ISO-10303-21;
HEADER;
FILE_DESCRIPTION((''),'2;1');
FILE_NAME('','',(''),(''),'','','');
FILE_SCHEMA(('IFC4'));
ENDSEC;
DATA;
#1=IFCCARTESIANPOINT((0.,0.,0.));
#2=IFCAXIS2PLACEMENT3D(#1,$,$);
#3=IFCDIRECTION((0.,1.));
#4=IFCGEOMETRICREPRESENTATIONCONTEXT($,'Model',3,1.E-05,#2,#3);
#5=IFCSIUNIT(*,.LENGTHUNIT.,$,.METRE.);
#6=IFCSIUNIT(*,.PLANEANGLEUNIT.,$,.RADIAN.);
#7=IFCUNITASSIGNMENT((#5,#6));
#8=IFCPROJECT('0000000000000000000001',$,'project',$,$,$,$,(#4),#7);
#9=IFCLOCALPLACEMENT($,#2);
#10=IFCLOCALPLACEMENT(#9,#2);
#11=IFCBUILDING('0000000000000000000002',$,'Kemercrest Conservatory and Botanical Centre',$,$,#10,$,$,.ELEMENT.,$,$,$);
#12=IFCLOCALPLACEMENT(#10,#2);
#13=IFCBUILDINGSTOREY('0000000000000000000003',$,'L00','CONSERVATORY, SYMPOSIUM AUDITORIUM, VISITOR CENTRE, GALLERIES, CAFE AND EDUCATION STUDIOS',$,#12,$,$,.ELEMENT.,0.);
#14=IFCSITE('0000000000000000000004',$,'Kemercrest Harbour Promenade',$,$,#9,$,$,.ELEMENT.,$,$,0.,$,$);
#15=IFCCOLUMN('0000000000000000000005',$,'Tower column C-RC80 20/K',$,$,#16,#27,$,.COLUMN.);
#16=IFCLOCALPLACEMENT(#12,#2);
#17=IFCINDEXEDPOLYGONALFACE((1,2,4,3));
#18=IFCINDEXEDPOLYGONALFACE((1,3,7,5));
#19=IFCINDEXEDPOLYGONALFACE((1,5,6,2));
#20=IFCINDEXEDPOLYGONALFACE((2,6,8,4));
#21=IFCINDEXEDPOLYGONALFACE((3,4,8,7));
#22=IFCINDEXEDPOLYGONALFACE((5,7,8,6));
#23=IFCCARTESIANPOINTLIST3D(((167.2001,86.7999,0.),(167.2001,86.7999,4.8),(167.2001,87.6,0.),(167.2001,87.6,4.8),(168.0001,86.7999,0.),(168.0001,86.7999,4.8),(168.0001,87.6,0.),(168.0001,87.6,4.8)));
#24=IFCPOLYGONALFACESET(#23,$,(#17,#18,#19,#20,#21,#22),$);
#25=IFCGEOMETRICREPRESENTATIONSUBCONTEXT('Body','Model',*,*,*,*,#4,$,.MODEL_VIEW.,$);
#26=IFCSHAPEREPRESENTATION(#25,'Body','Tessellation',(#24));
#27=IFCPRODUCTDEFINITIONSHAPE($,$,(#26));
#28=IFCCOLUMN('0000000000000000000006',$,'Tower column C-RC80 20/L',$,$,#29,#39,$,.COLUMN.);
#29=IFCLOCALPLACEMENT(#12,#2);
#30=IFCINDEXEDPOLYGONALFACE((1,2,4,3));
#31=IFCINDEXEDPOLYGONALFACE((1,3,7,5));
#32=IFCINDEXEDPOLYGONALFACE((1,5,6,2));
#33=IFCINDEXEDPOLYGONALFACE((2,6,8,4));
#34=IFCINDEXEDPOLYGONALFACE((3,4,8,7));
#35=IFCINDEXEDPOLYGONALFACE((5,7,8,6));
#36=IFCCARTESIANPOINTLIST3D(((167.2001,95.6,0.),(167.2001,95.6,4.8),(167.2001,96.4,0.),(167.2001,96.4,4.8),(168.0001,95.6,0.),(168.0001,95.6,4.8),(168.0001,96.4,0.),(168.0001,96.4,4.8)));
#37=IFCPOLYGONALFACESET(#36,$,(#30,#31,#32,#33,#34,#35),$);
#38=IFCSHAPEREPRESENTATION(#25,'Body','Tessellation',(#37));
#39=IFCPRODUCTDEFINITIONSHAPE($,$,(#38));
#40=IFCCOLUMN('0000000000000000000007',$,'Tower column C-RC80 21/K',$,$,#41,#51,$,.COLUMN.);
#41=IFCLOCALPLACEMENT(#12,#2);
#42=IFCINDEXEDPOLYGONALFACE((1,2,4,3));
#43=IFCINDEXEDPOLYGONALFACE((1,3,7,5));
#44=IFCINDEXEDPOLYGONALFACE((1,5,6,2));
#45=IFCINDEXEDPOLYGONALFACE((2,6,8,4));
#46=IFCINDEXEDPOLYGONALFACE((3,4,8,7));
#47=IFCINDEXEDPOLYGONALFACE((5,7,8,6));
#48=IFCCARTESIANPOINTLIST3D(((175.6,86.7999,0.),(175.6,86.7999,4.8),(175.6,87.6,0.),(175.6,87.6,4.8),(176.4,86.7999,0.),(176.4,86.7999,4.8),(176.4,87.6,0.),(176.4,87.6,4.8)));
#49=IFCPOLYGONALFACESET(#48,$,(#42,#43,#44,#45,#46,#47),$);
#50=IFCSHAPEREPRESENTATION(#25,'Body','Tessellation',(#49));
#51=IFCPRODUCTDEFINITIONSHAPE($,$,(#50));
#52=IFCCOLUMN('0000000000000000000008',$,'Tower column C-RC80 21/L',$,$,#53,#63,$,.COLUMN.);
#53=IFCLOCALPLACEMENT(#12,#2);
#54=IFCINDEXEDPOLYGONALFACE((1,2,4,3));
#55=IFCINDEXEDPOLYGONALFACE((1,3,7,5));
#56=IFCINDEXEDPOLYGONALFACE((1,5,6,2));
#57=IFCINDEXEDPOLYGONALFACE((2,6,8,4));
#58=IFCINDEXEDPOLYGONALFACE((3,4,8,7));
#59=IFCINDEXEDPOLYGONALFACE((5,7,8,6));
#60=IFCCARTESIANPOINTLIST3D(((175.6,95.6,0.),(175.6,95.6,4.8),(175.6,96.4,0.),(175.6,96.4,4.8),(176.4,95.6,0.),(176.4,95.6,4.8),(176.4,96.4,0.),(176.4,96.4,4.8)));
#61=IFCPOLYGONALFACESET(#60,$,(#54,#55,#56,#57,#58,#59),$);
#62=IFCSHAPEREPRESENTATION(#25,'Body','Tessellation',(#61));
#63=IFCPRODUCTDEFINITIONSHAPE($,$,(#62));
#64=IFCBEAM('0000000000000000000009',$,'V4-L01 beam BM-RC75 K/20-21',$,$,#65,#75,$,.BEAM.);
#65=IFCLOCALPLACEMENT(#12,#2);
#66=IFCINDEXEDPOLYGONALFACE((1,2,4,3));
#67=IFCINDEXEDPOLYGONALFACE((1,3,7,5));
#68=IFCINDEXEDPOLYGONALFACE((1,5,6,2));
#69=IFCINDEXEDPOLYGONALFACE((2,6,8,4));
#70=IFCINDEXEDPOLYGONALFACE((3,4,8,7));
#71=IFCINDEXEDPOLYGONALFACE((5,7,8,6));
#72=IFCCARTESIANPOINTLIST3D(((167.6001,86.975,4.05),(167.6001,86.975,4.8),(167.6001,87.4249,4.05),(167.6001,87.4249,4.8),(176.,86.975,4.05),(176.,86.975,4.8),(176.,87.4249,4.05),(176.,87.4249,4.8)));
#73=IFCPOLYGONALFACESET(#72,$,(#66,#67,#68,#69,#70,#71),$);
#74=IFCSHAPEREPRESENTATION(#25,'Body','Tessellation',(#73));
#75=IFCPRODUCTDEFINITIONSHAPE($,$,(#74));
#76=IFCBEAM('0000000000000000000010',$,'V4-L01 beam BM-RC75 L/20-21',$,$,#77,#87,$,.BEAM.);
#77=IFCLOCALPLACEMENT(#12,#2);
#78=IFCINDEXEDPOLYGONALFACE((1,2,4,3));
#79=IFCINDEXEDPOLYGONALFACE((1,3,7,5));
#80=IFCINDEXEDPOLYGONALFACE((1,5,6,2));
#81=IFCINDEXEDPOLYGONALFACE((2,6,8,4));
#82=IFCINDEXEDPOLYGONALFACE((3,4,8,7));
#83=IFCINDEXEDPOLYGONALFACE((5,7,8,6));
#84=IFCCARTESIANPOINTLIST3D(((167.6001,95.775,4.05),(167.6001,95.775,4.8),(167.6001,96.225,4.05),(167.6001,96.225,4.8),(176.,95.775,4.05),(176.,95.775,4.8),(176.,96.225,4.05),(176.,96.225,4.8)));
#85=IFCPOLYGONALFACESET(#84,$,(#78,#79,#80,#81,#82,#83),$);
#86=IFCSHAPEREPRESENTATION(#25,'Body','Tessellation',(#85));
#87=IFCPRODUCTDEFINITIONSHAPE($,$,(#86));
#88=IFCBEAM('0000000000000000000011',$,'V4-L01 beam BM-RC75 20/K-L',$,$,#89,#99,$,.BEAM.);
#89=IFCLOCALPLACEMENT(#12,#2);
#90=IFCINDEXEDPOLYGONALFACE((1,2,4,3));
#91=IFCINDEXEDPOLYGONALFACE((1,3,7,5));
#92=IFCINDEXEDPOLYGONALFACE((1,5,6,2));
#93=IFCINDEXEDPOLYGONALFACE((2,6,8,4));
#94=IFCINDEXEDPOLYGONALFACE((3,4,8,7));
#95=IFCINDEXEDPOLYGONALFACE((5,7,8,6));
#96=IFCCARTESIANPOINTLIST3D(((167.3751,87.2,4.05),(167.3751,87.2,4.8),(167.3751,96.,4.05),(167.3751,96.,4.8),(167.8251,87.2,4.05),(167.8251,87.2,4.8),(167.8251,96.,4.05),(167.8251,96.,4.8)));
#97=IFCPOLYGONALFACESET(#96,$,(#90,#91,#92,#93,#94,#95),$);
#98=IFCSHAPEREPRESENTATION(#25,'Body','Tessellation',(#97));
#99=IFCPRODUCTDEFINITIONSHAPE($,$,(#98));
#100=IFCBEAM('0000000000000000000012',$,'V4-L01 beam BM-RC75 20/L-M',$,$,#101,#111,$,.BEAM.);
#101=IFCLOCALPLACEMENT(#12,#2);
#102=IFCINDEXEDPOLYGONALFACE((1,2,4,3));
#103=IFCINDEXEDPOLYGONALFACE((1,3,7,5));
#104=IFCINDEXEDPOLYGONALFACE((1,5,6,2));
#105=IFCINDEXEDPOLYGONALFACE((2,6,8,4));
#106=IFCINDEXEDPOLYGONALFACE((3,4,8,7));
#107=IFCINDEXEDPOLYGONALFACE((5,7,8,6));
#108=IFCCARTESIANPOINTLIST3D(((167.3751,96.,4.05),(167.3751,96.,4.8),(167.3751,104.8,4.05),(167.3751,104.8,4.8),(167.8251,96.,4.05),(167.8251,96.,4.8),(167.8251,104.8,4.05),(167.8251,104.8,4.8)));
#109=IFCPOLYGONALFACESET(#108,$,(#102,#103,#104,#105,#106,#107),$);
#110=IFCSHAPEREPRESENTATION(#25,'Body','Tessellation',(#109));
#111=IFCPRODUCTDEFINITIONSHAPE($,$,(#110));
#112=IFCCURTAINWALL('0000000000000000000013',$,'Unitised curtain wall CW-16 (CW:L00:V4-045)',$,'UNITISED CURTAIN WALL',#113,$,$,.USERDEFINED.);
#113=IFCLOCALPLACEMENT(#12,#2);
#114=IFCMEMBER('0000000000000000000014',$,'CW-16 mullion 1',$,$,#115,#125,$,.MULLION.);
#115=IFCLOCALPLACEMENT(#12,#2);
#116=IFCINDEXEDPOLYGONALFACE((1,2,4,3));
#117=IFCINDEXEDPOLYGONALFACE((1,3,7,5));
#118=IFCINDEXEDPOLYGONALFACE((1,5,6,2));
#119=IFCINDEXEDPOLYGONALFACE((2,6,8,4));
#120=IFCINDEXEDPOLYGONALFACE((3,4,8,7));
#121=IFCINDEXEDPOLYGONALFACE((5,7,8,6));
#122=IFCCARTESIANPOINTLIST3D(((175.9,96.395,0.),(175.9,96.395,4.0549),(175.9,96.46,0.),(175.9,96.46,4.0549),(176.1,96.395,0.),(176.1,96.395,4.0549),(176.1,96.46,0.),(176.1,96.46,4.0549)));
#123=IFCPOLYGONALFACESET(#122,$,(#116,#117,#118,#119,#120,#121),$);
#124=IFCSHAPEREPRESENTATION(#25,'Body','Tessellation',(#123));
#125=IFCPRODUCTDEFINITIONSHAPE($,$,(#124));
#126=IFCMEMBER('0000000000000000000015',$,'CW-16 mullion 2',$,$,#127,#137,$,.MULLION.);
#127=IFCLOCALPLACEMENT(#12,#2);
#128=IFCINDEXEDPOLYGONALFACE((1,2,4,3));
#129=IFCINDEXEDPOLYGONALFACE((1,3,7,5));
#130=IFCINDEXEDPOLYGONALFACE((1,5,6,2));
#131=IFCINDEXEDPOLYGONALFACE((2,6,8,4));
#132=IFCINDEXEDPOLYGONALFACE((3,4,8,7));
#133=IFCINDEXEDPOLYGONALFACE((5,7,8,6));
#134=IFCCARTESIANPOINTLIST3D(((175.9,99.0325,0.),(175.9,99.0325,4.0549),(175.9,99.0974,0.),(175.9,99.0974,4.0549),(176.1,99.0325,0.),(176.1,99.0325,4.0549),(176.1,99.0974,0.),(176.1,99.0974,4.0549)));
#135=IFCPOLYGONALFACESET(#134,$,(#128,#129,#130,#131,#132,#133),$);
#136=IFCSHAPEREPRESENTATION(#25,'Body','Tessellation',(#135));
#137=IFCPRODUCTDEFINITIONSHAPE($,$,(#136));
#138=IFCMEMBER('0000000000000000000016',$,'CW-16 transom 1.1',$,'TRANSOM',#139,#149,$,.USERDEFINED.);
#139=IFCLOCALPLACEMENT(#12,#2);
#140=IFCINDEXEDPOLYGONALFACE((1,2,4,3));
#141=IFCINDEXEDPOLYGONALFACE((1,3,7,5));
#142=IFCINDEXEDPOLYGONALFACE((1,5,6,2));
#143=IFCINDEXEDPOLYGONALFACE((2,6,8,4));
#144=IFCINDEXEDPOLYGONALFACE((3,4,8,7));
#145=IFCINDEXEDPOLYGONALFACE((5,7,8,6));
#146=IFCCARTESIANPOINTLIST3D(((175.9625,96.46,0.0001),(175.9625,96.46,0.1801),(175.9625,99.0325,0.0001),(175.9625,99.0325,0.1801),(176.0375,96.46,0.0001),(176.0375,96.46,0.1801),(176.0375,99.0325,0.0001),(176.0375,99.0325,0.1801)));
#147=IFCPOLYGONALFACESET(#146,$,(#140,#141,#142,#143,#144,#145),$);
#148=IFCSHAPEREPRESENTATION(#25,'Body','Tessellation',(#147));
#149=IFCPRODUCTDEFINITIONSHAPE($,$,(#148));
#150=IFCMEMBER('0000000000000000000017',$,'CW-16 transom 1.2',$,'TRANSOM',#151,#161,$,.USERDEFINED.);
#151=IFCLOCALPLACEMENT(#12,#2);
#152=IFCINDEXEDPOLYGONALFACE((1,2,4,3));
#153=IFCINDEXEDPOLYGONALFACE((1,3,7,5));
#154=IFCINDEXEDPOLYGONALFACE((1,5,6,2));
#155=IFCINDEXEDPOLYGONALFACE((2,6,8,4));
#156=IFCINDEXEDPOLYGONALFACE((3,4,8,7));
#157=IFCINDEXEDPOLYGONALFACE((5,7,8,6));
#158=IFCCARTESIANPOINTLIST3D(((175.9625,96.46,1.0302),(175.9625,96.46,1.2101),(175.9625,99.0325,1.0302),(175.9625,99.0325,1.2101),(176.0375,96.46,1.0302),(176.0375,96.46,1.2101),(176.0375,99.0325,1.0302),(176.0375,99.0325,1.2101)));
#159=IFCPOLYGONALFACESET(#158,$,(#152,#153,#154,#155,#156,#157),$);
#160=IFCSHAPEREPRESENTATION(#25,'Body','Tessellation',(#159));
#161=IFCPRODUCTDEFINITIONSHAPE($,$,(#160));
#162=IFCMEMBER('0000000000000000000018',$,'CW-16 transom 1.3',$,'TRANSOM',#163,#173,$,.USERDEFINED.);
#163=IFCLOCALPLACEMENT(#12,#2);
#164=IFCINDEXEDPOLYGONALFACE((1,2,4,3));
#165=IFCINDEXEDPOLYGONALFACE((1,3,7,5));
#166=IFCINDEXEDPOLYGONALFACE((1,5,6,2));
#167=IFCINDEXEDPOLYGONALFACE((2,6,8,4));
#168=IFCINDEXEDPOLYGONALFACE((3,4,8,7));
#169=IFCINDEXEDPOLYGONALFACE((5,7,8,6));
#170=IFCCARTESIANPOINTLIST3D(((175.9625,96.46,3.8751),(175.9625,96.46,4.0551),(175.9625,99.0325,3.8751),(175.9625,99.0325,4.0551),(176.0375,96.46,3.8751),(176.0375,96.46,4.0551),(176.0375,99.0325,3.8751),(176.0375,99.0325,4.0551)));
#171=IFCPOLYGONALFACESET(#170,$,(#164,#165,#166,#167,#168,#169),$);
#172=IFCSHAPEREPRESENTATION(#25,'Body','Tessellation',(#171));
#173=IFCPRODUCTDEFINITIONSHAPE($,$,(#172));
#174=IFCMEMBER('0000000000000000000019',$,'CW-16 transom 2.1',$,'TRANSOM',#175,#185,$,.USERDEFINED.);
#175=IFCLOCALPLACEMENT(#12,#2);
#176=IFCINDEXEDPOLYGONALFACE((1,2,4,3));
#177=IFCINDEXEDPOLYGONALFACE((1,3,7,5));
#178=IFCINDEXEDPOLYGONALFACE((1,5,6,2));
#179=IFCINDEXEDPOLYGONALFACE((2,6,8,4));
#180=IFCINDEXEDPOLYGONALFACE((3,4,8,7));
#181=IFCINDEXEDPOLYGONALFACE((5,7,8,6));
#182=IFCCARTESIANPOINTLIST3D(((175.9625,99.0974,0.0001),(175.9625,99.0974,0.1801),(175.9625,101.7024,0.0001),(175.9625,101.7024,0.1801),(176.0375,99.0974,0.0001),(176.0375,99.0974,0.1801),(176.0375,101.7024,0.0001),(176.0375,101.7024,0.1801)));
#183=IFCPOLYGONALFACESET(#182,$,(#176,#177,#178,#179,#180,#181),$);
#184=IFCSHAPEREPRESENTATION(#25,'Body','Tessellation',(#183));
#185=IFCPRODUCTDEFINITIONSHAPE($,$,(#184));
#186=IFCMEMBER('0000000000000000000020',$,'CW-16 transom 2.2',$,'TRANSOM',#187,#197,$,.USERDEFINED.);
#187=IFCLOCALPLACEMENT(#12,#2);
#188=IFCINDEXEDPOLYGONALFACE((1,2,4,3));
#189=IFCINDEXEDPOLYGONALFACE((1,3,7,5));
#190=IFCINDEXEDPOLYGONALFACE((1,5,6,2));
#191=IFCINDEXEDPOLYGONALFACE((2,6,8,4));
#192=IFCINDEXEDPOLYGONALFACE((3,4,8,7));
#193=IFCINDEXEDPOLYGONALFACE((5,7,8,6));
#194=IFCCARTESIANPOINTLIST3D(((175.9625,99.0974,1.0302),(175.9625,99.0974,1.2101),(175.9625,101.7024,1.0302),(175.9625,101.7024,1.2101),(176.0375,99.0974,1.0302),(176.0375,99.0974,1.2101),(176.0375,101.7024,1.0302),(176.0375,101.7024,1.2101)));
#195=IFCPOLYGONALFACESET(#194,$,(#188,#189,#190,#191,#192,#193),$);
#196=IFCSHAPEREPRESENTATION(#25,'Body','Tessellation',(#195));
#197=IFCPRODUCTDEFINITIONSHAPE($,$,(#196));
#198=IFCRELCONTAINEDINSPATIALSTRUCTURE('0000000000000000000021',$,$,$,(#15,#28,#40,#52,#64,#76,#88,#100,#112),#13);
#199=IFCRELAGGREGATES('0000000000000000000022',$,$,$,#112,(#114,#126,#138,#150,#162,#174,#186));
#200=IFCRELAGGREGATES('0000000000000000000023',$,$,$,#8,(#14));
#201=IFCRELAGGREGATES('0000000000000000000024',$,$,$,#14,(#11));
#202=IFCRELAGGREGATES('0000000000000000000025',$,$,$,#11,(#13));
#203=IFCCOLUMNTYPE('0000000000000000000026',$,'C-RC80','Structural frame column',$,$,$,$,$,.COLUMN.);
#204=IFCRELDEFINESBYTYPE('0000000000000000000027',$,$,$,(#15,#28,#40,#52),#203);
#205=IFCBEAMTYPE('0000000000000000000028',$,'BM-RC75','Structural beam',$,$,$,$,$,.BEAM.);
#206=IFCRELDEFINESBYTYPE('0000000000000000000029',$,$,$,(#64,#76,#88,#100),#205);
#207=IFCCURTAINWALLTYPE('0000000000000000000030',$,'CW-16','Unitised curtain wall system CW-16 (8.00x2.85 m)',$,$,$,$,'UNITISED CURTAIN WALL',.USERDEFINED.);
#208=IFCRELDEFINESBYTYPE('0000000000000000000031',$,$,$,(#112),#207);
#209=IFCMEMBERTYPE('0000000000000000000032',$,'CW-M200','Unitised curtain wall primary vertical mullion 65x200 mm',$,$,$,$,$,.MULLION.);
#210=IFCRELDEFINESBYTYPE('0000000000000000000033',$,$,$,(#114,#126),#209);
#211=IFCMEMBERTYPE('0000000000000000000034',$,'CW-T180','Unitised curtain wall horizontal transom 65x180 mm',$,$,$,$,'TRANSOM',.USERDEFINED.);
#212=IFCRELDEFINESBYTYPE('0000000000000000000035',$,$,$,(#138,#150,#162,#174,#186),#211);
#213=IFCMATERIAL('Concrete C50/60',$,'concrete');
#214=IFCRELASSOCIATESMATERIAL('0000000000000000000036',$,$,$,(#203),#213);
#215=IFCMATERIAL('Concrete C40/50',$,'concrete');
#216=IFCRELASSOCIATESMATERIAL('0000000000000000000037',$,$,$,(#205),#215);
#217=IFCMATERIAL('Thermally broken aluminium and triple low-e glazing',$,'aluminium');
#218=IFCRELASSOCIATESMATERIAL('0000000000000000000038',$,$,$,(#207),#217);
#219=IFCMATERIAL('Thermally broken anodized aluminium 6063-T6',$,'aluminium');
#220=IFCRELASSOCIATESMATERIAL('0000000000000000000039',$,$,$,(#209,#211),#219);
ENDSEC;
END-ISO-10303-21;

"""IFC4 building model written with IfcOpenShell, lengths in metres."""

from ifc_helpers import new_model, si_unit, direction, frame, origin, origin_2d, place, context, subcontext, project, spatial, rectangle, extrude, material, material_profile, profile_set, type_object, element, aggregate, save


model = new_model("IFC4")

# Units and contexts
model_context = context("Model", 3, precision=1e-05, world=origin(), true_north=direction((0.0, 1.0)))
body_context = subcontext(model_context, "Body", "Model", "MODEL_VIEW")
ifc_project = project(units=[si_unit("LENGTHUNIT", "METRE"), si_unit("PLANEANGLEUNIT", "RADIAN")], contexts=[model_context])

# Site, building, storey
site_placement = place(None, origin())
site = spatial("IfcSite", under=ifc_project, at=site_placement, Name="Kemercrest Harbour Promenade", CompositionType="ELEMENT", RefElevation=0.0)
building_placement = place(site_placement, origin())
building = spatial("IfcBuilding", under=site, at=building_placement, Name="Kemercrest Conservatory and Botanical Centre", CompositionType="ELEMENT")
storey_placement = place(building_placement, origin())
storey = spatial("IfcBuildingStorey", under=building, at=storey_placement, Name="L00", Description="CONSERVATORY, SYMPOSIUM AUDITORIUM, VISITOR CENTRE, GALLERIES, CAFE AND EDUCATION STUDIOS", CompositionType="ELEMENT", Elevation=0.0)

# Columns
ifc_material_1 = material(Name="Concrete C50/60", Category="concrete")
ifc_material_profile_1 = material_profile(ifc_material_1, rectangle(XDim=0.8, YDim=0.8, at=origin_2d()), Name="RC 800x800")
ifc_profile_set_1 = profile_set([ifc_material_profile_1], Name="Concrete C50/60")
column_type = type_object("IfcColumnType", Name="C-RC80", Description="Structural frame column", PredefinedType="COLUMN", material=ifc_profile_set_1)
for number, where, z_axis, x_axis, name in (
    (1, (167.6001, 87.2, 0.0), (0.0, 0.0, 1.0), (1.0, 0.0, 0.0), "Tower column C-RC80 20/K"),
    (2, (167.6001, 96.0, 0.0), (0.0, 0.0, 1.0), (1.0, 0.0, 0.0), "Tower column C-RC80 20/L"),
    (3, (176.0, 87.2, 0.0), (0.0, 0.0, 1.0), (1.0, 0.0, 0.0), "Tower column C-RC80 21/K"),
    (4, (176.0, 96.0, 0.0), (0.0, 0.0, 1.0), (1.0, 0.0, 0.0), "Tower column C-RC80 21/L"),
):
    element("IfcColumn", number, at=place(storey_placement, frame(where, z_axis=z_axis, x_axis=x_axis)), inside=storey, type_object=column_type, Name=name, PredefinedType="COLUMN", context=body_context, shape_type="SweptSolid", body=[
        extrude(rectangle(XDim=0.8, YDim=0.8, at=origin_2d()), origin(), (0.0, 0.0, 1.0), 4.8),
    ])

# Beams
ifc_material_2 = material(Name="Concrete C40/50", Category="concrete")
ifc_material_profile_2 = material_profile(ifc_material_2, rectangle(XDim=0.45, YDim=0.75, at=origin_2d()), Name="RC 450x750")
ifc_profile_set_2 = profile_set([ifc_material_profile_2], Name="Concrete C40/50")
beam_type_1 = type_object("IfcBeamType", Name="BM-RC75", Description="Structural beam", PredefinedType="BEAM", material=ifc_profile_set_2)
for number, where, z_axis, x_axis, name in (
    (5, (167.6001, 87.2, 4.425), (1.0, 0.0, 0.0), (0.0, 1.0, 0.0), "V4-L01 beam BM-RC75 K/20-21"),
    (6, (167.6001, 96.0, 4.425), (1.0, 0.0, 0.0), (0.0, 1.0, 0.0), "V4-L01 beam BM-RC75 L/20-21"),
):
    element("IfcBeam", number, at=place(storey_placement, frame(where, z_axis=z_axis, x_axis=x_axis)), inside=storey, type_object=beam_type_1, Name=name, PredefinedType="BEAM", context=body_context, shape_type="SweptSolid", body=[
        extrude(rectangle(XDim=0.45, YDim=0.75, at=origin_2d()), origin(), (0.0, 0.0, 1.0), 8.3999),
    ])
for number, where, z_axis, x_axis, name in (
    (7, (167.6001, 87.2, 4.425), (0.0, 1.0, 0.0), (-1.0, 0.0, 0.0), "V4-L01 beam BM-RC75 20/K-L"),
    (8, (167.6001, 96.0, 4.425), (0.0, 1.0, 0.0), (-1.0, 0.0, 0.0), "V4-L01 beam BM-RC75 20/L-M"),
):
    element("IfcBeam", number, at=place(storey_placement, frame(where, z_axis=z_axis, x_axis=x_axis)), inside=storey, type_object=beam_type_1, Name=name, PredefinedType="BEAM", context=body_context, shape_type="SweptSolid", body=[
        extrude(rectangle(XDim=0.45, YDim=0.75, at=origin_2d()), origin(), (0.0, 0.0, 1.0), 8.8),
    ])

# Curtain wall, members
ifc_material_3 = material(Name="Thermally broken aluminium and triple low-e glazing", Category="aluminium")
curtain_wall_type = type_object("IfcCurtainWallType", Name="CW-16", Description="Unitised curtain wall system CW-16 (8.00x2.85 m)", ElementType="UNITISED CURTAIN WALL", PredefinedType="USERDEFINED", material=ifc_material_3)
curtain_wall_placement = place(storey_placement, origin())
curtain_wall = element("IfcCurtainWall", 9, at=curtain_wall_placement, inside=storey, type_object=curtain_wall_type, Name="Unitised curtain wall CW-16 (CW:L00:V4-045)", ObjectType="UNITISED CURTAIN WALL", PredefinedType="USERDEFINED")
ifc_material_4 = material(Name="Thermally broken anodized aluminium 6063-T6", Category="aluminium")
ifc_material_profile_3 = material_profile(ifc_material_4, rectangle(XDim=0.2, YDim=0.0649, at=origin_2d()), Name="AL MULLION 65x200")
ifc_profile_set_3 = profile_set([ifc_material_profile_3], Name="Thermally broken anodized aluminium 6063-T6")
member_type_1 = type_object("IfcMemberType", Name="CW-M200", Description="Unitised curtain wall primary vertical mullion 65x200 mm", PredefinedType="MULLION", material=ifc_profile_set_3)
member_1_placement = place(storey_placement, frame((176.0, 96.4275, 0.0), z_axis=(0.0, 0.0, 1.0), x_axis=(-1.0, 0.0, 0.0)))
member_1 = element("IfcMember", 10, at=member_1_placement, type_object=member_type_1, Name="CW-16 mullion 1", PredefinedType="MULLION", context=body_context, shape_type="SweptSolid", body=[
    extrude(rectangle(XDim=0.2, YDim=0.0649, at=origin_2d()), origin(), (0.0, 0.0, 1.0), 4.0549),
])
member_2_placement = place(storey_placement, frame((176.0, 99.0649, 0.0), z_axis=(0.0, 0.0, 1.0), x_axis=(-1.0, 0.0, 0.0)))
member_2 = element("IfcMember", 11, at=member_2_placement, type_object=member_type_1, Name="CW-16 mullion 2", PredefinedType="MULLION", context=body_context, shape_type="SweptSolid", body=[
    extrude(rectangle(XDim=0.2, YDim=0.0649, at=origin_2d()), origin(), (0.0, 0.0, 1.0), 4.0549),
])
ifc_material_profile_4 = material_profile(ifc_material_4, rectangle(XDim=0.075, YDim=0.1799, at=origin_2d()), Name="AL TRANSOM 75x180")
ifc_profile_set_4 = profile_set([ifc_material_profile_4], Name="Thermally broken anodized aluminium 6063-T6")
member_type_2 = type_object("IfcMemberType", Name="CW-T180", Description="Unitised curtain wall horizontal transom 65x180 mm", ElementType="TRANSOM", PredefinedType="USERDEFINED", material=ifc_profile_set_4)
member_3_placement = place(storey_placement, frame((176.0, 96.46, 0.0901), z_axis=(0.0, 1.0, 0.0), x_axis=(-1.0, 0.0, 0.0)))
member_3 = element("IfcMember", 12, at=member_3_placement, type_object=member_type_2, Name="CW-16 transom 1.1", ObjectType="TRANSOM", PredefinedType="USERDEFINED", context=body_context, shape_type="SweptSolid", body=[
    extrude(rectangle(XDim=0.075, YDim=0.1799, at=origin_2d()), origin(), (0.0, 0.0, 1.0), 2.5725),
])
member_4_placement = place(storey_placement, frame((176.0, 96.46, 1.1201), z_axis=(0.0, 1.0, 0.0), x_axis=(-1.0, 0.0, 0.0)))
member_4 = element("IfcMember", 13, at=member_4_placement, type_object=member_type_2, Name="CW-16 transom 1.2", ObjectType="TRANSOM", PredefinedType="USERDEFINED", context=body_context, shape_type="SweptSolid", body=[
    extrude(rectangle(XDim=0.075, YDim=0.1799, at=origin_2d()), origin(), (0.0, 0.0, 1.0), 2.5725),
])
member_5_placement = place(storey_placement, frame((176.0, 96.46, 3.9651), z_axis=(0.0, 1.0, 0.0), x_axis=(-1.0, 0.0, 0.0)))
member_5 = element("IfcMember", 14, at=member_5_placement, type_object=member_type_2, Name="CW-16 transom 1.3", ObjectType="TRANSOM", PredefinedType="USERDEFINED", context=body_context, shape_type="SweptSolid", body=[
    extrude(rectangle(XDim=0.075, YDim=0.1799, at=origin_2d()), origin(), (0.0, 0.0, 1.0), 2.5725),
])
member_6_placement = place(storey_placement, frame((176.0, 99.0974, 0.0901), z_axis=(0.0, 1.0, 0.0), x_axis=(-1.0, 0.0, 0.0)))
member_6 = element("IfcMember", 15, at=member_6_placement, type_object=member_type_2, Name="CW-16 transom 2.1", ObjectType="TRANSOM", PredefinedType="USERDEFINED", context=body_context, shape_type="SweptSolid", body=[
    extrude(rectangle(XDim=0.075, YDim=0.1799, at=origin_2d()), origin(), (0.0, 0.0, 1.0), 2.605),
])
member_7_placement = place(storey_placement, frame((176.0, 99.0974, 1.1201), z_axis=(0.0, 1.0, 0.0), x_axis=(-1.0, 0.0, 0.0)))
member_7 = element("IfcMember", 16, at=member_7_placement, type_object=member_type_2, Name="CW-16 transom 2.2", ObjectType="TRANSOM", PredefinedType="USERDEFINED", context=body_context, shape_type="SweptSolid", body=[
    extrude(rectangle(XDim=0.075, YDim=0.1799, at=origin_2d()), origin(), (0.0, 0.0, 1.0), 2.605),
])

aggregate(curtain_wall, [member_1, member_2, member_3, member_4, member_5, member_6, member_7])

save(model, "model.ifc")
